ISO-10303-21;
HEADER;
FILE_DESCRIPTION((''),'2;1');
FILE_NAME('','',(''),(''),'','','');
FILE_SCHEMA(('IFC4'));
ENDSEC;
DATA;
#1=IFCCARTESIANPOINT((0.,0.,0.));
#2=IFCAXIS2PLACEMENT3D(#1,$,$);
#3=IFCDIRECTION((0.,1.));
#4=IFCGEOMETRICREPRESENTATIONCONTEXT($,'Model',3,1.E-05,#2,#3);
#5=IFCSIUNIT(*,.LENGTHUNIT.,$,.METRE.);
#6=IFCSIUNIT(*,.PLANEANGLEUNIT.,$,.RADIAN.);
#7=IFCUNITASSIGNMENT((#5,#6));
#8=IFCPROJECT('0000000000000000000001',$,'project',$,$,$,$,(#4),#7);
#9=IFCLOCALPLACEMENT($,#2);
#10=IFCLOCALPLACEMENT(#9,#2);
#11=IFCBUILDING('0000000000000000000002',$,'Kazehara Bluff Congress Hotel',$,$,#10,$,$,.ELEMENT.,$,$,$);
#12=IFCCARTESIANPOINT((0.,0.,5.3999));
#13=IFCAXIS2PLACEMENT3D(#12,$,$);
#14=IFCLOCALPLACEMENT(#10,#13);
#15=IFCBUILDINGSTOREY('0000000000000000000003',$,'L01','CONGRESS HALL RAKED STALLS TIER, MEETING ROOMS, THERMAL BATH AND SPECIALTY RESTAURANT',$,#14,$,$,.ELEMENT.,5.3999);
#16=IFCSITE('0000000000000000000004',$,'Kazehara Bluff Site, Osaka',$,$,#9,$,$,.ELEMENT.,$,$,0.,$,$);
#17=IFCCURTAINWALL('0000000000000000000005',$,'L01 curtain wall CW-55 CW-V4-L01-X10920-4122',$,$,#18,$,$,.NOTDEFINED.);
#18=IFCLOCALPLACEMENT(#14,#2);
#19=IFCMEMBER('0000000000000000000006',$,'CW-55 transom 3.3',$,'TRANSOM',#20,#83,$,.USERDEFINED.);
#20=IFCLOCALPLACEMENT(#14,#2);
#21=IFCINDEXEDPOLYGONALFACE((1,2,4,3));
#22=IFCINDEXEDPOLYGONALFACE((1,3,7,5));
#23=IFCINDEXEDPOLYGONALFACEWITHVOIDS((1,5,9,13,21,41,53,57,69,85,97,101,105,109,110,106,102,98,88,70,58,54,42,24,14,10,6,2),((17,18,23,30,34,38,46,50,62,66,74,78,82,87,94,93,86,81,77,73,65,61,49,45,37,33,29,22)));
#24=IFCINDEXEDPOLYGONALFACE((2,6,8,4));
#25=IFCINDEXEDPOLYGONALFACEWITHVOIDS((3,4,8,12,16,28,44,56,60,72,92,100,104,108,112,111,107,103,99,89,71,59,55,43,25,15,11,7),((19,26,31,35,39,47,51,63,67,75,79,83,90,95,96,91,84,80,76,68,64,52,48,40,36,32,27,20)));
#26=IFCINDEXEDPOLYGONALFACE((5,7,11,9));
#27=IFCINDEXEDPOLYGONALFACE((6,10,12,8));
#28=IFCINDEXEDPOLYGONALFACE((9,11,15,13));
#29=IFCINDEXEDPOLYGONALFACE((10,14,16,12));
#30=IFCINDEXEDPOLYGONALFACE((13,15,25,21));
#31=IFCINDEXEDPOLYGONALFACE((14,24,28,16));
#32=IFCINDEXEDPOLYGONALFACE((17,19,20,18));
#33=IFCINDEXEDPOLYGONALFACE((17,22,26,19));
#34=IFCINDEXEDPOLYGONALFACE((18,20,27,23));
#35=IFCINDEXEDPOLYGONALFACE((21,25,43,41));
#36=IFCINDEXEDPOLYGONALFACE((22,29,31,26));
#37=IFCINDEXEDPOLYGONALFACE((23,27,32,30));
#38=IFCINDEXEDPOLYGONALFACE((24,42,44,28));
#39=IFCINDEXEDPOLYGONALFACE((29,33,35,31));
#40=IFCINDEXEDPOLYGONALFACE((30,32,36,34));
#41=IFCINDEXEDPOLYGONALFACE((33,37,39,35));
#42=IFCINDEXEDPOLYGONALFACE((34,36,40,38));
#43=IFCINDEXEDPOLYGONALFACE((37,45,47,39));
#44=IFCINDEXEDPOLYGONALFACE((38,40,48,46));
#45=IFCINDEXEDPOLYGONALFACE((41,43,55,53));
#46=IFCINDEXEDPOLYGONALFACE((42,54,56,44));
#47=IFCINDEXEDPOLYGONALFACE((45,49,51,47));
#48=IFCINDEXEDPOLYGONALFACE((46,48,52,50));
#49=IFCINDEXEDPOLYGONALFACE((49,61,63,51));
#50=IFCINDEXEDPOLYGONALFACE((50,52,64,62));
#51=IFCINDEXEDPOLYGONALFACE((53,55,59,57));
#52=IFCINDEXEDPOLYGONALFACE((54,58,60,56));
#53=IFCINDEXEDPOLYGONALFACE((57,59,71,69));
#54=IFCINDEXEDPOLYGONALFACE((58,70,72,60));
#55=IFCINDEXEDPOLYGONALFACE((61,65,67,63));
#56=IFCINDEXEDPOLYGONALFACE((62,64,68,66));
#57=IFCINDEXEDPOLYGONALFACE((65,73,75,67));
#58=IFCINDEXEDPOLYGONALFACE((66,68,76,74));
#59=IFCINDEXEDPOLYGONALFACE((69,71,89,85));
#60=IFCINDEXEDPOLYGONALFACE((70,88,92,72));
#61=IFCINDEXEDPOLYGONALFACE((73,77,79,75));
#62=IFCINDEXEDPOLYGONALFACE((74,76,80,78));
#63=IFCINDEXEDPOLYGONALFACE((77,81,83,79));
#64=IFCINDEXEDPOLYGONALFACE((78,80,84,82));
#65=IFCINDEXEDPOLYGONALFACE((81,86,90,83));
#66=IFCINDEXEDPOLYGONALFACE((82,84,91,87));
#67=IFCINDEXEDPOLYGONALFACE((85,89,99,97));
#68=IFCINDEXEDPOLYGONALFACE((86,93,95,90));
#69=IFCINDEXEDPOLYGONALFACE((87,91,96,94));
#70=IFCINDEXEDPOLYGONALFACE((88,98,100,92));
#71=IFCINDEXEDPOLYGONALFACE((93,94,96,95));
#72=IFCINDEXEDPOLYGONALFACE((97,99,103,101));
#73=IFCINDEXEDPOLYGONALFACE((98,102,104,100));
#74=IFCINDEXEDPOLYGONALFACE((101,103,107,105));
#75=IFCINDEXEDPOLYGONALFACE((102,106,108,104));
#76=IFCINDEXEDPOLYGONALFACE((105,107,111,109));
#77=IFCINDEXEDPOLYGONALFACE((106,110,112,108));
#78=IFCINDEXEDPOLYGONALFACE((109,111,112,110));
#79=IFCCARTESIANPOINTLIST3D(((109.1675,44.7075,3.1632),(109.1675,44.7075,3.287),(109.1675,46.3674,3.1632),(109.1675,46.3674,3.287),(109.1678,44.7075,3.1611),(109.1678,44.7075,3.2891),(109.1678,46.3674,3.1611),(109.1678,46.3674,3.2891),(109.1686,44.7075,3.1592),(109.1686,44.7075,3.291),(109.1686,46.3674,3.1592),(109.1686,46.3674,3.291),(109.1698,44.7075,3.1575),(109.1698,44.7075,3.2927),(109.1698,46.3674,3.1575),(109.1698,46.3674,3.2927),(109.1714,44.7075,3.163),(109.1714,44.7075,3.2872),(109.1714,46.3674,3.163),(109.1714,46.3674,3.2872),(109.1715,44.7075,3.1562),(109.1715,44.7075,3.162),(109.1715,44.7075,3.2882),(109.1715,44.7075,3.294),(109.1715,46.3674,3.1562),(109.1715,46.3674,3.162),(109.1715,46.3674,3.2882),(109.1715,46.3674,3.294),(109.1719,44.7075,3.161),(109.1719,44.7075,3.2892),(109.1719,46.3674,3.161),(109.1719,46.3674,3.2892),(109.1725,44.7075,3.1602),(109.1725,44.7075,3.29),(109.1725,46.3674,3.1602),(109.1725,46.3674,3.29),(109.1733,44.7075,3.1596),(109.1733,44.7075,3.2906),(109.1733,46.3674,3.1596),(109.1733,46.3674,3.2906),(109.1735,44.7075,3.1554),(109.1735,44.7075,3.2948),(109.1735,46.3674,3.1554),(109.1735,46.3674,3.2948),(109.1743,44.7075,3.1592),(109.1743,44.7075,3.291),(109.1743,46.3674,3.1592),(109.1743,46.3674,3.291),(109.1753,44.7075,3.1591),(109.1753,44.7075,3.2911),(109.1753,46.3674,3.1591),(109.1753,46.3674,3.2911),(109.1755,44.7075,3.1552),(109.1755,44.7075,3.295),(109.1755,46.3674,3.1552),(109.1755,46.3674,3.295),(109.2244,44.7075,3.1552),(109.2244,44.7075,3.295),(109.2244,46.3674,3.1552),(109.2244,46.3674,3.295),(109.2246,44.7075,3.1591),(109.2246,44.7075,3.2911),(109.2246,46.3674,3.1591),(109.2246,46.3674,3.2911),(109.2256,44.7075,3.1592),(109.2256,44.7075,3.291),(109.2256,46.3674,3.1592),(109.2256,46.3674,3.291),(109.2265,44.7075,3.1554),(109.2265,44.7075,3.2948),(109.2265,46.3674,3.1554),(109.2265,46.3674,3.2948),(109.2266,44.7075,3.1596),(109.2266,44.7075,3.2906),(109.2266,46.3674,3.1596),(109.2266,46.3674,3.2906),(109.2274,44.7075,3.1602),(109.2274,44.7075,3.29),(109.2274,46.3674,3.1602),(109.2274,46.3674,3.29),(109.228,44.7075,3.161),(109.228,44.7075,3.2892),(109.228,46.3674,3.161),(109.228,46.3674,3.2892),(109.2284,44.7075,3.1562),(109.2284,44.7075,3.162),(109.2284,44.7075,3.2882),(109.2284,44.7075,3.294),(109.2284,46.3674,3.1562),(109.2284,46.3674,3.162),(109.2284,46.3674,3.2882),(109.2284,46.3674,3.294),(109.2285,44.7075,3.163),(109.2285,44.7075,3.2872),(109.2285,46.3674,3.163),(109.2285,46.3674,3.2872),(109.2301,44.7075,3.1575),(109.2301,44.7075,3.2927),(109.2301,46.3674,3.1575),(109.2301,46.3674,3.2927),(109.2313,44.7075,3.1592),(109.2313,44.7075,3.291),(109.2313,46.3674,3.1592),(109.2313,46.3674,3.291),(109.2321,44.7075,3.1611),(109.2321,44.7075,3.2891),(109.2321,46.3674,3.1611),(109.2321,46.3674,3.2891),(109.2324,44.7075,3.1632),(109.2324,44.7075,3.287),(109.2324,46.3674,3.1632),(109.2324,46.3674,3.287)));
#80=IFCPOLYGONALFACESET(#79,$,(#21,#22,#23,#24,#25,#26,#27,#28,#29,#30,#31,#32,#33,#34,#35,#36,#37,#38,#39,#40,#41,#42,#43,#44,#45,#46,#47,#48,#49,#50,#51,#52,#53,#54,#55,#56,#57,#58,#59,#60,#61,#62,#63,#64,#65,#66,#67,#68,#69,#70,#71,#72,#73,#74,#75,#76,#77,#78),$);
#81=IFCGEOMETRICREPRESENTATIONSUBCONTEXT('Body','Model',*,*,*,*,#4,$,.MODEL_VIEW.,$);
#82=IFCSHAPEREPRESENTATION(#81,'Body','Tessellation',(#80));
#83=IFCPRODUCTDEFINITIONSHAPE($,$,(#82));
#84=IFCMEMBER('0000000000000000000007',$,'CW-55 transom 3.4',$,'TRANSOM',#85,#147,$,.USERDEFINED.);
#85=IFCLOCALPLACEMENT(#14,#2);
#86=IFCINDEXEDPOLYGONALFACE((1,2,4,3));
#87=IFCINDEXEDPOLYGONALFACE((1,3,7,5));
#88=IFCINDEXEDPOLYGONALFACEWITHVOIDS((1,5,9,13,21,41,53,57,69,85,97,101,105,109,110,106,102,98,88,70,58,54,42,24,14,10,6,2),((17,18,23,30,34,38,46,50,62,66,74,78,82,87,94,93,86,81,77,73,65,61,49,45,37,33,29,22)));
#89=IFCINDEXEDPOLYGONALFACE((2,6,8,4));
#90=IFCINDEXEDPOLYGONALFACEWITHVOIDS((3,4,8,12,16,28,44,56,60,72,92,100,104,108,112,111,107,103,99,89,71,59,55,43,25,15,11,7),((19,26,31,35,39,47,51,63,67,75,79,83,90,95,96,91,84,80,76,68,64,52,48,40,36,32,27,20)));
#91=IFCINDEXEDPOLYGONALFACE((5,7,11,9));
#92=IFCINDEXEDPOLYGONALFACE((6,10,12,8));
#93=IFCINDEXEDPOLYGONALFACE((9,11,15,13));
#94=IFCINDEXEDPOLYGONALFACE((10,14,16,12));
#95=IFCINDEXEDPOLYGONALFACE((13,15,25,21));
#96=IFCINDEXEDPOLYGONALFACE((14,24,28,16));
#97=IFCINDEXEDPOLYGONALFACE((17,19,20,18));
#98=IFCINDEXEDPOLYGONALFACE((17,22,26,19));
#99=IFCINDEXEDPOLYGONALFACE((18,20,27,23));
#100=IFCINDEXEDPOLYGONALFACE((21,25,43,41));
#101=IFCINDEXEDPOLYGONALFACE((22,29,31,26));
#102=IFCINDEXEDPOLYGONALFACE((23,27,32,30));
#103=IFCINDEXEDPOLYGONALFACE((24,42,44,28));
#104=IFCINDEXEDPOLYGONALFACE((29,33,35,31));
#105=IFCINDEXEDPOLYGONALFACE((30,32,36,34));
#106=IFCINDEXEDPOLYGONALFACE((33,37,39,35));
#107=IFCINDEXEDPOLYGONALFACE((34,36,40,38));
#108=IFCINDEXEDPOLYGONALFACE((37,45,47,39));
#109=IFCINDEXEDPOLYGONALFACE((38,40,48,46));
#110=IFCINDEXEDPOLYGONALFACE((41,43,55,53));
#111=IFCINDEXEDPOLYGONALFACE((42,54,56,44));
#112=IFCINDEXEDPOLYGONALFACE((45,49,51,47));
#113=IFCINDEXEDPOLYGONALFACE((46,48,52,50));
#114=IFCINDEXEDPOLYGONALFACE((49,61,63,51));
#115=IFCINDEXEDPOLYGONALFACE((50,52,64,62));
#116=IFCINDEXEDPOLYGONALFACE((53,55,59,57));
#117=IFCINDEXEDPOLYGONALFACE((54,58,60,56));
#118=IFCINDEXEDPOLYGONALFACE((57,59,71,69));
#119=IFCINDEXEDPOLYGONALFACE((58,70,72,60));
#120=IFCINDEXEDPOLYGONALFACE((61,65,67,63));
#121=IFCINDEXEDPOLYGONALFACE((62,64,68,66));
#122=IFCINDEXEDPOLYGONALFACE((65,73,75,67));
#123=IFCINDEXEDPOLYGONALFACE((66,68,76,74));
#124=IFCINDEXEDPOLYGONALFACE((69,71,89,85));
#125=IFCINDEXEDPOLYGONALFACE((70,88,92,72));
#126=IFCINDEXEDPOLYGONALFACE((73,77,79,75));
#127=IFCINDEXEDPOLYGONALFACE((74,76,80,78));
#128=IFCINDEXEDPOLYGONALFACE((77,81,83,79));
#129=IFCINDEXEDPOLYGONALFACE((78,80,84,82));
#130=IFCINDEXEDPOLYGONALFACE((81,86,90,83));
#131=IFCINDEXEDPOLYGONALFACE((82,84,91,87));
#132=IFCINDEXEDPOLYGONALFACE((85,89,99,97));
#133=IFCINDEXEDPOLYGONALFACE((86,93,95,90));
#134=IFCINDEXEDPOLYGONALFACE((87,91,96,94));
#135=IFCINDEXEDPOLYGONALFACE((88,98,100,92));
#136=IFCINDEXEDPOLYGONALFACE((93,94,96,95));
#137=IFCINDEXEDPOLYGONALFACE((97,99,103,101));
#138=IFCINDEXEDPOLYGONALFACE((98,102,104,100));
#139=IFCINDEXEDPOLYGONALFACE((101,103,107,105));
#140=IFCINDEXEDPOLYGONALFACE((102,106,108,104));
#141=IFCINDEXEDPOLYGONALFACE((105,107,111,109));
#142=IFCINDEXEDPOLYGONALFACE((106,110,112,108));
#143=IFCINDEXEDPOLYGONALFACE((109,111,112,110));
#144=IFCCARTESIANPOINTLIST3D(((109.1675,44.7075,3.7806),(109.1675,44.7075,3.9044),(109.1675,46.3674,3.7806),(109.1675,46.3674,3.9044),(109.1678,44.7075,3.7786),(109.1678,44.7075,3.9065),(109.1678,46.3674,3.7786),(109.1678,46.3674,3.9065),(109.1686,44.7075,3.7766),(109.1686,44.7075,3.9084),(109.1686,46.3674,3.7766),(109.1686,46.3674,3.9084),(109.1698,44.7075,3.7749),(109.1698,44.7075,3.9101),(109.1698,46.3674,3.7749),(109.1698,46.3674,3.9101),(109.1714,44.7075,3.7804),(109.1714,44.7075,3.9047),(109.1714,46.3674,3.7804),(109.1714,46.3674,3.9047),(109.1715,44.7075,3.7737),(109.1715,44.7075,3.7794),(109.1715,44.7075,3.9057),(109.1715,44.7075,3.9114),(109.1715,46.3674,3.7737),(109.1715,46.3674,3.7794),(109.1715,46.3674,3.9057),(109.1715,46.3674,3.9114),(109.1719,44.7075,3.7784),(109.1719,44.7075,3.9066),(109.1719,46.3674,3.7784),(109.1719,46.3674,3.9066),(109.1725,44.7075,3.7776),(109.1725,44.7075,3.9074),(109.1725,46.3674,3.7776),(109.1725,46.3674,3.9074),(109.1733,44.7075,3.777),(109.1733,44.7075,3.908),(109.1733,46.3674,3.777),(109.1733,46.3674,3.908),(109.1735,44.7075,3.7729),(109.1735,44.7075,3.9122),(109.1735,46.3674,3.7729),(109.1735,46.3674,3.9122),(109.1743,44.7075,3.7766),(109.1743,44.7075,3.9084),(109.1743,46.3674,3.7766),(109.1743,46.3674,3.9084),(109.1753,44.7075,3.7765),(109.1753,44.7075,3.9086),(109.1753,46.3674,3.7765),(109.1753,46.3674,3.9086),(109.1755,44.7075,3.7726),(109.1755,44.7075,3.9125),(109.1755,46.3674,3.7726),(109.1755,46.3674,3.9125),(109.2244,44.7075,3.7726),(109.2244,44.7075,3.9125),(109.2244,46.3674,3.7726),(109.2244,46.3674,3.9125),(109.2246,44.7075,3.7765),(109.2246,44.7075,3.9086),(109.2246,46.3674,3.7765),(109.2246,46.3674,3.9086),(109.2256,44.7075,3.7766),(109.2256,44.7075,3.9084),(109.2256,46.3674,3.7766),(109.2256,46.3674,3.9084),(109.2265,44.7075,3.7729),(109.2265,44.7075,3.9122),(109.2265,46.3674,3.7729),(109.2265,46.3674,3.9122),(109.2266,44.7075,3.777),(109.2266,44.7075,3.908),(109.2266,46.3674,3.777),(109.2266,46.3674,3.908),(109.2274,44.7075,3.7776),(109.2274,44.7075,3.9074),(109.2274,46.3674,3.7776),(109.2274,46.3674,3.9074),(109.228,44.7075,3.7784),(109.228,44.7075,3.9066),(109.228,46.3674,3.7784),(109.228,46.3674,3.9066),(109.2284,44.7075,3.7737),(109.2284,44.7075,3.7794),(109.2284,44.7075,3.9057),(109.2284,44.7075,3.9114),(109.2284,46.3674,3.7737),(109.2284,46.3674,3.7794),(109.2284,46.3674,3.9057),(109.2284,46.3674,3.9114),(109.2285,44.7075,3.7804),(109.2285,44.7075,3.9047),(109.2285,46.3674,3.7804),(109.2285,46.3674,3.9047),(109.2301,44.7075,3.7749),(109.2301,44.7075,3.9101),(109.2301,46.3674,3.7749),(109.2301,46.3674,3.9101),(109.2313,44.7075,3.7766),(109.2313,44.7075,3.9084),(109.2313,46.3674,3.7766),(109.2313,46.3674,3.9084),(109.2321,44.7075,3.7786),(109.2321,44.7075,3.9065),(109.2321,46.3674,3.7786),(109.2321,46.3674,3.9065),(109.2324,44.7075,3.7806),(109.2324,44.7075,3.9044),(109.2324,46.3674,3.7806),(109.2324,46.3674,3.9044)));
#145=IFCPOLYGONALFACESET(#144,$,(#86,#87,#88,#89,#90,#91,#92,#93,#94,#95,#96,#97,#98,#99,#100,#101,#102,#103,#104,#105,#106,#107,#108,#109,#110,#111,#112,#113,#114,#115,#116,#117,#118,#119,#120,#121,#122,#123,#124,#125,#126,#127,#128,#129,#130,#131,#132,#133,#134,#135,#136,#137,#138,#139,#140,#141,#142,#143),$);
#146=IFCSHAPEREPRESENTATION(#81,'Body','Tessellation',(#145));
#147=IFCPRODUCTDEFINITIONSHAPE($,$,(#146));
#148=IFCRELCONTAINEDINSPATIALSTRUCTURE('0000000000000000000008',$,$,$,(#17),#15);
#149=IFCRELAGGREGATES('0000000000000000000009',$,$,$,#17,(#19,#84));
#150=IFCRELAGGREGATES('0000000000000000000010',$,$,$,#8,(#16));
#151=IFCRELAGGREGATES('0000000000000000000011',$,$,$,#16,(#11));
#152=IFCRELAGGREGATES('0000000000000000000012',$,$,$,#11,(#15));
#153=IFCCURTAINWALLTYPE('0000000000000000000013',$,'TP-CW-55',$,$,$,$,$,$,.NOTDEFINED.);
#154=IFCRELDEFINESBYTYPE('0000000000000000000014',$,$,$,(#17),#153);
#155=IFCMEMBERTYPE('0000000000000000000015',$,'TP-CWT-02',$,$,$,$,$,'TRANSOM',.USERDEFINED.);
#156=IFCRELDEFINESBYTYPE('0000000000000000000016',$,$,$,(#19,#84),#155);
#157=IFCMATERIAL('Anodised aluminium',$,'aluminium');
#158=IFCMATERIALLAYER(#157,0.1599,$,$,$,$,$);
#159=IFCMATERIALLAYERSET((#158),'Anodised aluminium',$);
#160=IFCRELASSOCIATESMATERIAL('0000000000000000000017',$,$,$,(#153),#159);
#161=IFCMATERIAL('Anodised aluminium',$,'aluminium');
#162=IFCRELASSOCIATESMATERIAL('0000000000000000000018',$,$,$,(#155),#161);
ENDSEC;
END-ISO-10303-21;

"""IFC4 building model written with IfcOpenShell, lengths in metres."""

from ifc_helpers import new_model, si_unit, direction, frame, origin, origin_2d, place, context, subcontext, project, spatial, hollow_rectangle, extrude, material, layer, layer_set, material_profile, profile_set, type_object, element, aggregate, save


model = new_model("IFC4")

# Units and contexts
model_context = context("Model", 3, precision=1e-05, world=origin(), true_north=direction((0.0, 1.0)))
body_context = subcontext(model_context, "Body", "Model", "MODEL_VIEW")
ifc_project = project(units=[si_unit("LENGTHUNIT", "METRE"), si_unit("PLANEANGLEUNIT", "RADIAN")], contexts=[model_context])

# Site, building, storey
site_placement = place(None, origin())
site = spatial("IfcSite", under=ifc_project, at=site_placement, Name="Kazehara Bluff Site, Osaka", CompositionType="ELEMENT", RefElevation=0.0)
building_placement = place(site_placement, origin())
building = spatial("IfcBuilding", under=site, at=building_placement, Name="Kazehara Bluff Congress Hotel", CompositionType="ELEMENT")
storey_placement = place(building_placement, frame((0.0, 0.0, 5.3999)))
storey = spatial("IfcBuildingStorey", under=building, at=storey_placement, Name="L01", Description="CONGRESS HALL RAKED STALLS TIER, MEETING ROOMS, THERMAL BATH AND SPECIALTY RESTAURANT", CompositionType="ELEMENT", Elevation=5.3999)

# Curtain wall
ifc_material_1 = material(Name="Anodised aluminium", Category="aluminium")
ifc_layer_1 = layer(ifc_material_1, 0.1599)
ifc_layer_set_1 = layer_set([ifc_layer_1], Name="Anodised aluminium")
curtain_wall_type_1 = type_object("IfcCurtainWallType", Name="TP-CW-55", PredefinedType="NOTDEFINED", material=ifc_layer_set_1)
curtain_wall_1_placement = place(storey_placement, origin())
curtain_wall_1 = element("IfcCurtainWall", 1, at=curtain_wall_1_placement, inside=storey, type_object=curtain_wall_type_1, Name="L01 curtain wall CW-55 CW-V4-L01-X10920-4122", PredefinedType="NOTDEFINED")

# Members
ifc_material_2 = material(Name="Anodised aluminium", Category="aluminium")
ifc_material_profile_1 = material_profile(ifc_material_2, hollow_rectangle(XDim=0.0649, YDim=0.1399, WallThickness=0.0039, InnerFilletRadius=0.0039, OuterFilletRadius=0.0081, at=origin_2d()))
ifc_profile_set_1 = profile_set([ifc_material_profile_1], Name="Anodised aluminium")
member_type_1 = type_object("IfcMemberType", Name="TP-CWT-02", ElementType="TRANSOM", PredefinedType="USERDEFINED", material=ifc_profile_set_1)
member_1_placement = place(storey_placement, frame((109.2, 44.7075, 3.2251), z_axis=(0.0, 1.0, 0.0), x_axis=(-1.0, 0.0, 0.0)))
member_1 = element("IfcMember", 2, at=member_1_placement, type_object=member_type_1, Name="CW-55 transom 3.3", ObjectType="TRANSOM", PredefinedType="USERDEFINED", context=body_context, shape_type="SweptSolid", body=[
    extrude(hollow_rectangle(XDim=0.0649, YDim=0.1399, WallThickness=0.0039, InnerFilletRadius=0.0039, OuterFilletRadius=0.0081, at=origin_2d()), origin(), (0.0, 0.0, 1.0), 1.6599),
])
member_2_placement = place(storey_placement, frame((109.2, 44.7075, 3.8425), z_axis=(0.0, 1.0, 0.0), x_axis=(-1.0, 0.0, 0.0)))
member_2 = element("IfcMember", 3, at=member_2_placement, type_object=member_type_1, Name="CW-55 transom 3.4", ObjectType="TRANSOM", PredefinedType="USERDEFINED", context=body_context, shape_type="SweptSolid", body=[
    extrude(hollow_rectangle(XDim=0.0649, YDim=0.1399, WallThickness=0.0039, InnerFilletRadius=0.0039, OuterFilletRadius=0.0081, at=origin_2d()), origin(), (0.0, 0.0, 1.0), 1.6599),
])

aggregate(curtain_wall_1, [member_1, member_2])

save(model, "model.ifc")
